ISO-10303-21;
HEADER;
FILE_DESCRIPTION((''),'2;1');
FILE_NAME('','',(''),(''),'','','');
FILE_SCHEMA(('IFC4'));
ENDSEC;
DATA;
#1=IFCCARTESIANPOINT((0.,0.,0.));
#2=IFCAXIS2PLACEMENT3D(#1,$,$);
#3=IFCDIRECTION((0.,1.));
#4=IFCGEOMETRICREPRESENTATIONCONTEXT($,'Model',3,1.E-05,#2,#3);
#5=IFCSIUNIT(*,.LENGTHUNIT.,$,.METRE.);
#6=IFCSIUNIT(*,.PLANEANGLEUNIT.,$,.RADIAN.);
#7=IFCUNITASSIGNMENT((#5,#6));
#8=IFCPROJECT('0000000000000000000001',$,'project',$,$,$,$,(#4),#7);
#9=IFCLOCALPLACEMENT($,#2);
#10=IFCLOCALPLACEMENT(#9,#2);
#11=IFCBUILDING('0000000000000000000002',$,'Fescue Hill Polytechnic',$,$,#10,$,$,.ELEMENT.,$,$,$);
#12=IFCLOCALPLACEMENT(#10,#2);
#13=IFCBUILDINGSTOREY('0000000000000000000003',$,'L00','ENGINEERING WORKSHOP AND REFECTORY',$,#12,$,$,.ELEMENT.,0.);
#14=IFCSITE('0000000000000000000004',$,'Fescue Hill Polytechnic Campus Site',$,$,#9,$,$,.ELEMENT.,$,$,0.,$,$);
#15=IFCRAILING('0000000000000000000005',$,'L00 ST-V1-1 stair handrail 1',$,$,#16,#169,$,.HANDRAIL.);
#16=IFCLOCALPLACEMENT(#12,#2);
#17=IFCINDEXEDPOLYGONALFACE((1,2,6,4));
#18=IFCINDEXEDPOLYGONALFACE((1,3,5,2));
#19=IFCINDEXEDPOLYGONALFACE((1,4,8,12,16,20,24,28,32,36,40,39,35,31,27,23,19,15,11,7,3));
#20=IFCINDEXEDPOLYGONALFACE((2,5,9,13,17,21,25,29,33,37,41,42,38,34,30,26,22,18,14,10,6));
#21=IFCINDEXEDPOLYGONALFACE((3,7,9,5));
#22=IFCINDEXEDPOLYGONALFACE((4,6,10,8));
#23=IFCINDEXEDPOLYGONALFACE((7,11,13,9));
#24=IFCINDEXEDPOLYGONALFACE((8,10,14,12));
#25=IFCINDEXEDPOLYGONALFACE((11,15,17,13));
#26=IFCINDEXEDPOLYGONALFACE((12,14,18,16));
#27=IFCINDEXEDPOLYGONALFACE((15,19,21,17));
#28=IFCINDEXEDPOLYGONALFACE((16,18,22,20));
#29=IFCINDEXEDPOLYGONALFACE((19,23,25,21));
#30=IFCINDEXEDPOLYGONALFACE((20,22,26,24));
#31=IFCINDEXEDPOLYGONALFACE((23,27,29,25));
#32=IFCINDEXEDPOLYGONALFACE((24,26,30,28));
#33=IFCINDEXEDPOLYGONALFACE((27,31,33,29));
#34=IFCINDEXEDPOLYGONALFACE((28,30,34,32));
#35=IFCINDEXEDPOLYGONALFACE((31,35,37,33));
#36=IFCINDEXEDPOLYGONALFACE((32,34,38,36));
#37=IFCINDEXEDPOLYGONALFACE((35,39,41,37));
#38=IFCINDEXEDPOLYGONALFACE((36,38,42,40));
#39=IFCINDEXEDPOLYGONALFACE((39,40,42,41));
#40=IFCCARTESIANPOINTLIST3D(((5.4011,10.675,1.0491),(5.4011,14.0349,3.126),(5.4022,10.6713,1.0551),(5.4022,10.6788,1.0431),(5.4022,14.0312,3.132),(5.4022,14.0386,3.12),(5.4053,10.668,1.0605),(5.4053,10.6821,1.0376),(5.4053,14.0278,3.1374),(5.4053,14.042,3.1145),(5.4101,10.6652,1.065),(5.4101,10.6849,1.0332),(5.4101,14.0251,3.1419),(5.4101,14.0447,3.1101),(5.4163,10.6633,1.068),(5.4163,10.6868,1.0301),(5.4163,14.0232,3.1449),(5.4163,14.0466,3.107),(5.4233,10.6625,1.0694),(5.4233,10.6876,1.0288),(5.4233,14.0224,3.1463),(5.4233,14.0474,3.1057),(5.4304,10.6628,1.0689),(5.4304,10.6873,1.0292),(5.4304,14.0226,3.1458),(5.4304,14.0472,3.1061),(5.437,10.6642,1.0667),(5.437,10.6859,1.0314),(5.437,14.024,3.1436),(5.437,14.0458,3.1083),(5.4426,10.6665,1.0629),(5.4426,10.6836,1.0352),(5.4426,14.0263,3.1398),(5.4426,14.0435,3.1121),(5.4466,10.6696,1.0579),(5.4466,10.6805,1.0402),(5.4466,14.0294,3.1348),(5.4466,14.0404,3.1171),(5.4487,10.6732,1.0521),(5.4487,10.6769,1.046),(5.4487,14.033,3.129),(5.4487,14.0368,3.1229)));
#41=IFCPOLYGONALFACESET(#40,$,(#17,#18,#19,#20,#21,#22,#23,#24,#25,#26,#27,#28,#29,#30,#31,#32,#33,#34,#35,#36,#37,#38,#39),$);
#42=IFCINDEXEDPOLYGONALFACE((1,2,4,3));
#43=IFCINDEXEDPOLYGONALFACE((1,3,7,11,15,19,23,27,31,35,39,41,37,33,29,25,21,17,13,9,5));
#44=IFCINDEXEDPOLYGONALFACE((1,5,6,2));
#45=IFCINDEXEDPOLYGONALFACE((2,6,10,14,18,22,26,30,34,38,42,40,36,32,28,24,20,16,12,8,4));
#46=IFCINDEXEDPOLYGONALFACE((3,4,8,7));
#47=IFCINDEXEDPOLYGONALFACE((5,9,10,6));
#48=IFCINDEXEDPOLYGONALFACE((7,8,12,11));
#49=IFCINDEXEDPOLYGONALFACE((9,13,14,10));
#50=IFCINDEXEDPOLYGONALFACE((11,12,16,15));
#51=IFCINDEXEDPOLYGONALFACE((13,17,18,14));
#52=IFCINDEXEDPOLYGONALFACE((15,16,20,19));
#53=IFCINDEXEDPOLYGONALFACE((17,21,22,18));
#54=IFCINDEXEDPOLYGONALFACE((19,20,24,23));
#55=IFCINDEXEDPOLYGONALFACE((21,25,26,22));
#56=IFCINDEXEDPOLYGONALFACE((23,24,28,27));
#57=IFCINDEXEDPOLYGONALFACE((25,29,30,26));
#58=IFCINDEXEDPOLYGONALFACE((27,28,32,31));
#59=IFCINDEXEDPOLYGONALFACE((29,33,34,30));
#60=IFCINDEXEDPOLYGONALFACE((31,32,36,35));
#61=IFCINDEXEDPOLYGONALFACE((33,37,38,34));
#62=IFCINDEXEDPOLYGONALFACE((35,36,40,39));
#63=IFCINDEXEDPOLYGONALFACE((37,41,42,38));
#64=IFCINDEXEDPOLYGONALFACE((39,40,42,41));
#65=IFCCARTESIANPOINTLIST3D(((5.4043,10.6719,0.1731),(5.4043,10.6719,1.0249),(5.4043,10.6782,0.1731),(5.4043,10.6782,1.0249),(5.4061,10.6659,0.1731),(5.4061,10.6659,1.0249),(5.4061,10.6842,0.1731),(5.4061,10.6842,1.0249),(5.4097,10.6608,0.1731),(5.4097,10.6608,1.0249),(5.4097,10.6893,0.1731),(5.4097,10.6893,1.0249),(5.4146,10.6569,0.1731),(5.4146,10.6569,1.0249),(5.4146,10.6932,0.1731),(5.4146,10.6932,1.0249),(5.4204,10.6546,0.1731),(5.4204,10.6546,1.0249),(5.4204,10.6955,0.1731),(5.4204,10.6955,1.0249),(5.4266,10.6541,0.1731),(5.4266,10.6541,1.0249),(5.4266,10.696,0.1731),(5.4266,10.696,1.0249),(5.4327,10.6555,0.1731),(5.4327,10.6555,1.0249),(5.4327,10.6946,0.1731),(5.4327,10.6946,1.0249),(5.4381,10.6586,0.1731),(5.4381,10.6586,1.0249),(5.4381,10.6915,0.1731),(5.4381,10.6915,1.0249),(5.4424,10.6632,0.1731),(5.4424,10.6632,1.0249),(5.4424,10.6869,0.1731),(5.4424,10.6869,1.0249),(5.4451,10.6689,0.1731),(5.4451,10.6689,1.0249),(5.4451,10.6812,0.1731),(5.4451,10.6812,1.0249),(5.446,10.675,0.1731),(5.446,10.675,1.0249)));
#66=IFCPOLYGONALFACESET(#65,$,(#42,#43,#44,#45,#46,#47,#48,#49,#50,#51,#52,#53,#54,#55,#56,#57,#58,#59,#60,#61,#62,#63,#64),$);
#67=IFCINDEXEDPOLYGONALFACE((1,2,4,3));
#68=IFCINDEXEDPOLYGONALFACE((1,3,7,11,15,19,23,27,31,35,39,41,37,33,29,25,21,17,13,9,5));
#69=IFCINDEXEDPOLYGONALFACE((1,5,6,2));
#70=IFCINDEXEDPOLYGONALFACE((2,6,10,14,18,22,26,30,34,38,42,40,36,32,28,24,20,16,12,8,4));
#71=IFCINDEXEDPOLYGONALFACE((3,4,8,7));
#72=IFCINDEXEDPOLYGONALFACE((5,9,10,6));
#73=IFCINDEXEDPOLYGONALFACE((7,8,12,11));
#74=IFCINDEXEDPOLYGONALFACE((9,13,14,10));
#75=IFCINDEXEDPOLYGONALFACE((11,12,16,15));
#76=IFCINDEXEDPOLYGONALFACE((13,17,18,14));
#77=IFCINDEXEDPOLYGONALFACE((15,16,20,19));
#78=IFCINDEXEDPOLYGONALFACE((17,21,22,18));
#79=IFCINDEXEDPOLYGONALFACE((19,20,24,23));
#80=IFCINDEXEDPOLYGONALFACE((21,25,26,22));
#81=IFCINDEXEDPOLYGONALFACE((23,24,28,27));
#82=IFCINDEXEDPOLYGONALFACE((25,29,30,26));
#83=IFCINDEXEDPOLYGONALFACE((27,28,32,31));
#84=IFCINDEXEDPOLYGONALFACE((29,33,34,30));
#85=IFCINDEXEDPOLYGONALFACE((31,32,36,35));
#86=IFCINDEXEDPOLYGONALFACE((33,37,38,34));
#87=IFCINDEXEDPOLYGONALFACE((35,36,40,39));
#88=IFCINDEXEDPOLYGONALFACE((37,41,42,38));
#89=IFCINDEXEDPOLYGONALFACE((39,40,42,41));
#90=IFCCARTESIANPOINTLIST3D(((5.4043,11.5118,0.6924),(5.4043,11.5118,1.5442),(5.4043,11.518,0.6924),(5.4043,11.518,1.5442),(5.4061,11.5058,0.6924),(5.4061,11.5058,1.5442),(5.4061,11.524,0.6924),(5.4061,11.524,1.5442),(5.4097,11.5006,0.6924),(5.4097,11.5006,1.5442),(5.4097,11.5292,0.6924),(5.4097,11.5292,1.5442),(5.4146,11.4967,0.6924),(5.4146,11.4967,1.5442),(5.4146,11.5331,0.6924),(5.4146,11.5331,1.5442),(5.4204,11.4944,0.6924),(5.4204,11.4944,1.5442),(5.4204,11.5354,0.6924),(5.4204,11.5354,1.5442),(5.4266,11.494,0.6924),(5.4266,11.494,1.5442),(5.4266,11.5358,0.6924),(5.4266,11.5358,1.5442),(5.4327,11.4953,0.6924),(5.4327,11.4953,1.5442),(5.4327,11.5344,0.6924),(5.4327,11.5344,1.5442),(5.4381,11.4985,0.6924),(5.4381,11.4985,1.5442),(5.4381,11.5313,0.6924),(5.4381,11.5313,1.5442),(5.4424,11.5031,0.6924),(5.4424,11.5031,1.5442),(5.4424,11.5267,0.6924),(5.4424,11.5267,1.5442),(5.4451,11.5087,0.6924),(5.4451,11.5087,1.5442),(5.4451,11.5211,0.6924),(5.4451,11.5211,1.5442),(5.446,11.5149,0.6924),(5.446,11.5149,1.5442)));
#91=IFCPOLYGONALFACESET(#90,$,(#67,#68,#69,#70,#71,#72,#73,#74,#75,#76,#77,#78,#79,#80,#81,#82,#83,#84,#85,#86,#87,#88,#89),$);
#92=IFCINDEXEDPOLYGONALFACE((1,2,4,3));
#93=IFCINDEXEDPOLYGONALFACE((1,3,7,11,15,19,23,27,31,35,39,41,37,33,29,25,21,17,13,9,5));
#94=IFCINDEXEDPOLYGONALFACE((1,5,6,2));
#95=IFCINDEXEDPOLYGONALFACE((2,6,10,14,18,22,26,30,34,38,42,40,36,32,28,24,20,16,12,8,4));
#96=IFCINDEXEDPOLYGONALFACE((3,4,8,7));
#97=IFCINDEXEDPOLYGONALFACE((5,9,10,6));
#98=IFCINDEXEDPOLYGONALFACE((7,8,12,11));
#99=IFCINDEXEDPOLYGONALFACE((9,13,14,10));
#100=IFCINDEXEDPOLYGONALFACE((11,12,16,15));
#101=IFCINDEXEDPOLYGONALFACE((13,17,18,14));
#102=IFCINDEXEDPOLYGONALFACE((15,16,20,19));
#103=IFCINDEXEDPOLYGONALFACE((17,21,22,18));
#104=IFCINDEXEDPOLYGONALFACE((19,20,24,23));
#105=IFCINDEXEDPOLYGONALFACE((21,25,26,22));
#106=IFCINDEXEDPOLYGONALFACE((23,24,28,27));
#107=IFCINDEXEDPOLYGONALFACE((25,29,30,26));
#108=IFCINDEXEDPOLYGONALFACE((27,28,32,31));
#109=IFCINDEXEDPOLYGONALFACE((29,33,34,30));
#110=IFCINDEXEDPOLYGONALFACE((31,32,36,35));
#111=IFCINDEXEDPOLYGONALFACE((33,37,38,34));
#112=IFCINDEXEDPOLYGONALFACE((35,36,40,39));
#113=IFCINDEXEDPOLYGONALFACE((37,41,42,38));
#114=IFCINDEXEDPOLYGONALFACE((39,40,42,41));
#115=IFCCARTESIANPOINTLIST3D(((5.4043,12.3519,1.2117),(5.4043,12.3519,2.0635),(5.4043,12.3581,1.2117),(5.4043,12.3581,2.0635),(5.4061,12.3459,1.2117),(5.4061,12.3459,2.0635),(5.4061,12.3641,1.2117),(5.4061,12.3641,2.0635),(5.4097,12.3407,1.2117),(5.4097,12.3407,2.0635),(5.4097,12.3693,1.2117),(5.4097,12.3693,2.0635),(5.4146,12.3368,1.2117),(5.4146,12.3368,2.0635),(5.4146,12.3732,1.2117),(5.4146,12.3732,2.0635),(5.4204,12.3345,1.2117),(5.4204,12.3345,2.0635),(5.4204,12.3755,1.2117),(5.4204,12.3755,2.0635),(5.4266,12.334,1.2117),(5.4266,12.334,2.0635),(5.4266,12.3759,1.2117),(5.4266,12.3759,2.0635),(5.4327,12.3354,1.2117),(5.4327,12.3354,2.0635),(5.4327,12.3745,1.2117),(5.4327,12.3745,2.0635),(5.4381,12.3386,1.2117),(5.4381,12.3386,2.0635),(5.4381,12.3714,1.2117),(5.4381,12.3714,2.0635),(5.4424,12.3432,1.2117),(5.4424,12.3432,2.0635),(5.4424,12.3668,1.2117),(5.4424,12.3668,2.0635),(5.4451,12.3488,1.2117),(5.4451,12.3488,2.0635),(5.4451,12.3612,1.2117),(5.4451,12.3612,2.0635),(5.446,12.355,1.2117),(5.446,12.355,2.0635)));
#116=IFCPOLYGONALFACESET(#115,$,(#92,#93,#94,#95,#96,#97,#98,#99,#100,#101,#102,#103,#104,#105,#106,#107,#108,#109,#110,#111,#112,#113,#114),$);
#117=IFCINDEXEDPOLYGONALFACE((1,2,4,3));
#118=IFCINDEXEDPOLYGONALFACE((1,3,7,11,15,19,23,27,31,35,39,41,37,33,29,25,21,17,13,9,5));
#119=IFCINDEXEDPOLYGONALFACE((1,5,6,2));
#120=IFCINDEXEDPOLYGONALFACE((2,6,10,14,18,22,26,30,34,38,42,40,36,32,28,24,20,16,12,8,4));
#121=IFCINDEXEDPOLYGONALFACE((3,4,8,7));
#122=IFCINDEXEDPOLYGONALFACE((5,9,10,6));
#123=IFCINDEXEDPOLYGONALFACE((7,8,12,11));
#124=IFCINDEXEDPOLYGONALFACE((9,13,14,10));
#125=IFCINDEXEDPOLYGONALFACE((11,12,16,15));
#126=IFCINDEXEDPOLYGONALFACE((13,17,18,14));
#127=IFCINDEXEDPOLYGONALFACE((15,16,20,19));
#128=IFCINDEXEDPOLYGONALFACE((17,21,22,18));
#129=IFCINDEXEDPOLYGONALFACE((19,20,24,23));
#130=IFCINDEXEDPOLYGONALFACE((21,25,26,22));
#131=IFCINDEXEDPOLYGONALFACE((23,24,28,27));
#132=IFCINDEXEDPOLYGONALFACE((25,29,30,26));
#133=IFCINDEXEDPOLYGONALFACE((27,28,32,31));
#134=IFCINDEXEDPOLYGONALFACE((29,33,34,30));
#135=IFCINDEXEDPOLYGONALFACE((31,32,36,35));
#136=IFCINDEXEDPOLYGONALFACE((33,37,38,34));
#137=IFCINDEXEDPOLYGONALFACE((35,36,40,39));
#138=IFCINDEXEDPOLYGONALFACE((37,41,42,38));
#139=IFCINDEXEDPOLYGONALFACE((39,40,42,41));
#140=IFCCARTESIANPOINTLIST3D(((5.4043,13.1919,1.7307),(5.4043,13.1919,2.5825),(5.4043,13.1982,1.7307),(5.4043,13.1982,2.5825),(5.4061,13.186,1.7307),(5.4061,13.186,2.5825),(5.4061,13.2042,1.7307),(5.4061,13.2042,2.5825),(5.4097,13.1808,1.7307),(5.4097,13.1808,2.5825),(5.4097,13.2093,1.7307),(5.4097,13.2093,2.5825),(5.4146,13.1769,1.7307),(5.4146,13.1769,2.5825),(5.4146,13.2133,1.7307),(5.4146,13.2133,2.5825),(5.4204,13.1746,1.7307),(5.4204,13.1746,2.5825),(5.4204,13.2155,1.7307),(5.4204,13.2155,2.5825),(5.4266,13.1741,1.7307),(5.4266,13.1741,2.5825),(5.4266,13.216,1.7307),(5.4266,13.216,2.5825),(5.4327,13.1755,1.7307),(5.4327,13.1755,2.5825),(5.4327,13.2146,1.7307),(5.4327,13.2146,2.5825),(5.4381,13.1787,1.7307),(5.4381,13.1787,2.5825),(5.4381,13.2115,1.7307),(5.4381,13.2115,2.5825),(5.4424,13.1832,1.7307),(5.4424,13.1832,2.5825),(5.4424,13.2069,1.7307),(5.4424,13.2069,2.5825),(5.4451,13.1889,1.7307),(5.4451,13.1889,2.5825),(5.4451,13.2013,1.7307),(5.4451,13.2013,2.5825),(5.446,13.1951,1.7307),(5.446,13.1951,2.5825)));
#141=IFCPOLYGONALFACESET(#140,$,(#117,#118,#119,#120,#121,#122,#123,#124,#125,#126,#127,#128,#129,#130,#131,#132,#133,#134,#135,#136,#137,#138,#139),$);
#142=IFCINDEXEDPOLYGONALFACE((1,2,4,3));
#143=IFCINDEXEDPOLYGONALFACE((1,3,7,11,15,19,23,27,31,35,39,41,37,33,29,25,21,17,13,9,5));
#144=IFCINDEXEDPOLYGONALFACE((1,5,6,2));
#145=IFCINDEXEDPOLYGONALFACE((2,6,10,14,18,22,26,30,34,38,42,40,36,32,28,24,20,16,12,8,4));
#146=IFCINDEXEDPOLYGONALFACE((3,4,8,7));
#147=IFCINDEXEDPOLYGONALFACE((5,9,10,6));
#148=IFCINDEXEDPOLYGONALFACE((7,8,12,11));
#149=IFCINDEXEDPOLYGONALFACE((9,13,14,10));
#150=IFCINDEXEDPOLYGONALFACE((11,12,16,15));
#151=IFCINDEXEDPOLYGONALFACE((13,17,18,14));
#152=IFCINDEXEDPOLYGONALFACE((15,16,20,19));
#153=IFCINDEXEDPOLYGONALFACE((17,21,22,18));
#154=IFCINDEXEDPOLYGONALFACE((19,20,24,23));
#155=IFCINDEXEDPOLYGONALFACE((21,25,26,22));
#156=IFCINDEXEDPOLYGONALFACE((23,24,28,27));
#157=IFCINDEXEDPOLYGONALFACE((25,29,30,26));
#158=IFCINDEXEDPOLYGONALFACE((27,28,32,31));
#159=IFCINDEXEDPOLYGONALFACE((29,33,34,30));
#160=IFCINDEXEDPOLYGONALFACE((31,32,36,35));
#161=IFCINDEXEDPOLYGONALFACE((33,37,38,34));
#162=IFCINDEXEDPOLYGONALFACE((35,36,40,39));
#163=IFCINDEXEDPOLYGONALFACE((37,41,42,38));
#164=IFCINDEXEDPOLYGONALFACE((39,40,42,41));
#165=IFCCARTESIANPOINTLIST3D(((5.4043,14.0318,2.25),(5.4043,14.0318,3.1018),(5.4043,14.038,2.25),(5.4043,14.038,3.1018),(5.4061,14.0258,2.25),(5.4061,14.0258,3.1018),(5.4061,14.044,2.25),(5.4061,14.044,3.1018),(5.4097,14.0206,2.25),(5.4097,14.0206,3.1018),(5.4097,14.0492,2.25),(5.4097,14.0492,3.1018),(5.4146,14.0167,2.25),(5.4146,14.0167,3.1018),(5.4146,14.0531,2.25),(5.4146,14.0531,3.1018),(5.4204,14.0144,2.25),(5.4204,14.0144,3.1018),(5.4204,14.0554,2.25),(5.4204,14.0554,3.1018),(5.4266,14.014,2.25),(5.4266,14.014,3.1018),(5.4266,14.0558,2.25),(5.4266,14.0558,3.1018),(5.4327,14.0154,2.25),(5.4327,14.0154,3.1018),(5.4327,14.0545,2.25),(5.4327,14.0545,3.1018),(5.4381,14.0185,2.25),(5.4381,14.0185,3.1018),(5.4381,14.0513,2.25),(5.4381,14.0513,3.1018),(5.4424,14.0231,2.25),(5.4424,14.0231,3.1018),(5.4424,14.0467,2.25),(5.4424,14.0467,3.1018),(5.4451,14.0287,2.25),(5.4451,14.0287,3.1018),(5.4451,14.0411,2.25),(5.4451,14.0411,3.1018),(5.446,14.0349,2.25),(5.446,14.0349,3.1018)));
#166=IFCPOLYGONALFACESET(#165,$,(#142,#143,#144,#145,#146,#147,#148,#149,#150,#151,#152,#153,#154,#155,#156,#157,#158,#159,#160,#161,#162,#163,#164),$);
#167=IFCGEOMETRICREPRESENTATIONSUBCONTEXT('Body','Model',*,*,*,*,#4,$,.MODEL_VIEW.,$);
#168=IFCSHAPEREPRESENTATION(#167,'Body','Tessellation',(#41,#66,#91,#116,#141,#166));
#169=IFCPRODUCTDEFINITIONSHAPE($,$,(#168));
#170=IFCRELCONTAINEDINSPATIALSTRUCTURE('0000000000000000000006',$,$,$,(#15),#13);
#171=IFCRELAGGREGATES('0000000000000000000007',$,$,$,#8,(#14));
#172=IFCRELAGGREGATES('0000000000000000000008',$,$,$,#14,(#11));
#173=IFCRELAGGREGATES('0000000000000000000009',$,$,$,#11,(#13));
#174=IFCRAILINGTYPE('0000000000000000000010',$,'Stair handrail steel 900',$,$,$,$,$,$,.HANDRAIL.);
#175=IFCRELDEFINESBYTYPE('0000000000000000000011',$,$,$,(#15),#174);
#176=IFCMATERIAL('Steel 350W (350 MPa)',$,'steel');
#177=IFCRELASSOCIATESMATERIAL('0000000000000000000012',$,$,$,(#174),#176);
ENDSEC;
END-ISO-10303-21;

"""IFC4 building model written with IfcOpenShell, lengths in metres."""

from ifc_helpers import new_model, si_unit, direction, frame, origin, origin_2d, place, context, subcontext, project, spatial, circle, extrude, material, type_object, element, save


model = new_model("IFC4")

# Units and contexts
model_context = context("Model", 3, precision=1e-05, world=origin(), true_north=direction((0.0, 1.0)))
body_context = subcontext(model_context, "Body", "Model", "MODEL_VIEW")
ifc_project = project(units=[si_unit("LENGTHUNIT", "METRE"), si_unit("PLANEANGLEUNIT", "RADIAN")], contexts=[model_context])

# Site, building, storey
site_placement = place(None, origin())
site = spatial("IfcSite", under=ifc_project, at=site_placement, Name="Fescue Hill Polytechnic Campus Site", CompositionType="ELEMENT", RefElevation=0.0)
building_placement = place(site_placement, origin())
building = spatial("IfcBuilding", under=site, at=building_placement, Name="Fescue Hill Polytechnic", CompositionType="ELEMENT")
storey_placement = place(building_placement, origin())
storey = spatial("IfcBuildingStorey", under=building, at=storey_placement, Name="L00", Description="ENGINEERING WORKSHOP AND REFECTORY", CompositionType="ELEMENT", Elevation=0.0)

# Railing
ifc_material_1 = material(Name="Steel 350W (350 MPa)", Category="steel")
railing_type_1 = type_object("IfcRailingType", Name="Stair handrail steel 900", PredefinedType="HANDRAIL", material=ifc_material_1)
for number, where, name in (
    (1, (5.425, 10.675, 0.1731), "L00 ST-V1-1 stair handrail 1"),
):
    element("IfcRailing", number, at=place(storey_placement, frame(where)), inside=storey, type_object=railing_type_1, Name=name, PredefinedType="HANDRAIL", context=body_context, shape_type="SweptSolid", body=[
        extrude(circle(Radius=0.0239, at=origin_2d()), frame((0.0, 0.0, 0.876), z_axis=(0.0, 0.850606, 0.525803), x_axis=(-1.0, 0.0, 0.0)), (0.0, 0.0, 1.0), 3.95),
        extrude(circle(Radius=0.021, at=origin_2d()), origin(), (0.0, 0.0, 1.0), 0.8518),
        extrude(circle(Radius=0.021, at=origin_2d()), frame((0.0, 0.8398, 0.5193)), (0.0, 0.0, 1.0), 0.8518),
        extrude(circle(Radius=0.021, at=origin_2d()), frame((0.0, 1.6799, 1.0386)), (0.0, 0.0, 1.0), 0.8518),
        extrude(circle(Radius=0.021, at=origin_2d()), frame((0.0, 2.52, 1.5576)), (0.0, 0.0, 1.0), 0.8518),
        extrude(circle(Radius=0.021, at=origin_2d()), frame((0.0, 3.3599, 2.0769)), (0.0, 0.0, 1.0), 0.8518),
    ])

save(model, "model.ifc")
